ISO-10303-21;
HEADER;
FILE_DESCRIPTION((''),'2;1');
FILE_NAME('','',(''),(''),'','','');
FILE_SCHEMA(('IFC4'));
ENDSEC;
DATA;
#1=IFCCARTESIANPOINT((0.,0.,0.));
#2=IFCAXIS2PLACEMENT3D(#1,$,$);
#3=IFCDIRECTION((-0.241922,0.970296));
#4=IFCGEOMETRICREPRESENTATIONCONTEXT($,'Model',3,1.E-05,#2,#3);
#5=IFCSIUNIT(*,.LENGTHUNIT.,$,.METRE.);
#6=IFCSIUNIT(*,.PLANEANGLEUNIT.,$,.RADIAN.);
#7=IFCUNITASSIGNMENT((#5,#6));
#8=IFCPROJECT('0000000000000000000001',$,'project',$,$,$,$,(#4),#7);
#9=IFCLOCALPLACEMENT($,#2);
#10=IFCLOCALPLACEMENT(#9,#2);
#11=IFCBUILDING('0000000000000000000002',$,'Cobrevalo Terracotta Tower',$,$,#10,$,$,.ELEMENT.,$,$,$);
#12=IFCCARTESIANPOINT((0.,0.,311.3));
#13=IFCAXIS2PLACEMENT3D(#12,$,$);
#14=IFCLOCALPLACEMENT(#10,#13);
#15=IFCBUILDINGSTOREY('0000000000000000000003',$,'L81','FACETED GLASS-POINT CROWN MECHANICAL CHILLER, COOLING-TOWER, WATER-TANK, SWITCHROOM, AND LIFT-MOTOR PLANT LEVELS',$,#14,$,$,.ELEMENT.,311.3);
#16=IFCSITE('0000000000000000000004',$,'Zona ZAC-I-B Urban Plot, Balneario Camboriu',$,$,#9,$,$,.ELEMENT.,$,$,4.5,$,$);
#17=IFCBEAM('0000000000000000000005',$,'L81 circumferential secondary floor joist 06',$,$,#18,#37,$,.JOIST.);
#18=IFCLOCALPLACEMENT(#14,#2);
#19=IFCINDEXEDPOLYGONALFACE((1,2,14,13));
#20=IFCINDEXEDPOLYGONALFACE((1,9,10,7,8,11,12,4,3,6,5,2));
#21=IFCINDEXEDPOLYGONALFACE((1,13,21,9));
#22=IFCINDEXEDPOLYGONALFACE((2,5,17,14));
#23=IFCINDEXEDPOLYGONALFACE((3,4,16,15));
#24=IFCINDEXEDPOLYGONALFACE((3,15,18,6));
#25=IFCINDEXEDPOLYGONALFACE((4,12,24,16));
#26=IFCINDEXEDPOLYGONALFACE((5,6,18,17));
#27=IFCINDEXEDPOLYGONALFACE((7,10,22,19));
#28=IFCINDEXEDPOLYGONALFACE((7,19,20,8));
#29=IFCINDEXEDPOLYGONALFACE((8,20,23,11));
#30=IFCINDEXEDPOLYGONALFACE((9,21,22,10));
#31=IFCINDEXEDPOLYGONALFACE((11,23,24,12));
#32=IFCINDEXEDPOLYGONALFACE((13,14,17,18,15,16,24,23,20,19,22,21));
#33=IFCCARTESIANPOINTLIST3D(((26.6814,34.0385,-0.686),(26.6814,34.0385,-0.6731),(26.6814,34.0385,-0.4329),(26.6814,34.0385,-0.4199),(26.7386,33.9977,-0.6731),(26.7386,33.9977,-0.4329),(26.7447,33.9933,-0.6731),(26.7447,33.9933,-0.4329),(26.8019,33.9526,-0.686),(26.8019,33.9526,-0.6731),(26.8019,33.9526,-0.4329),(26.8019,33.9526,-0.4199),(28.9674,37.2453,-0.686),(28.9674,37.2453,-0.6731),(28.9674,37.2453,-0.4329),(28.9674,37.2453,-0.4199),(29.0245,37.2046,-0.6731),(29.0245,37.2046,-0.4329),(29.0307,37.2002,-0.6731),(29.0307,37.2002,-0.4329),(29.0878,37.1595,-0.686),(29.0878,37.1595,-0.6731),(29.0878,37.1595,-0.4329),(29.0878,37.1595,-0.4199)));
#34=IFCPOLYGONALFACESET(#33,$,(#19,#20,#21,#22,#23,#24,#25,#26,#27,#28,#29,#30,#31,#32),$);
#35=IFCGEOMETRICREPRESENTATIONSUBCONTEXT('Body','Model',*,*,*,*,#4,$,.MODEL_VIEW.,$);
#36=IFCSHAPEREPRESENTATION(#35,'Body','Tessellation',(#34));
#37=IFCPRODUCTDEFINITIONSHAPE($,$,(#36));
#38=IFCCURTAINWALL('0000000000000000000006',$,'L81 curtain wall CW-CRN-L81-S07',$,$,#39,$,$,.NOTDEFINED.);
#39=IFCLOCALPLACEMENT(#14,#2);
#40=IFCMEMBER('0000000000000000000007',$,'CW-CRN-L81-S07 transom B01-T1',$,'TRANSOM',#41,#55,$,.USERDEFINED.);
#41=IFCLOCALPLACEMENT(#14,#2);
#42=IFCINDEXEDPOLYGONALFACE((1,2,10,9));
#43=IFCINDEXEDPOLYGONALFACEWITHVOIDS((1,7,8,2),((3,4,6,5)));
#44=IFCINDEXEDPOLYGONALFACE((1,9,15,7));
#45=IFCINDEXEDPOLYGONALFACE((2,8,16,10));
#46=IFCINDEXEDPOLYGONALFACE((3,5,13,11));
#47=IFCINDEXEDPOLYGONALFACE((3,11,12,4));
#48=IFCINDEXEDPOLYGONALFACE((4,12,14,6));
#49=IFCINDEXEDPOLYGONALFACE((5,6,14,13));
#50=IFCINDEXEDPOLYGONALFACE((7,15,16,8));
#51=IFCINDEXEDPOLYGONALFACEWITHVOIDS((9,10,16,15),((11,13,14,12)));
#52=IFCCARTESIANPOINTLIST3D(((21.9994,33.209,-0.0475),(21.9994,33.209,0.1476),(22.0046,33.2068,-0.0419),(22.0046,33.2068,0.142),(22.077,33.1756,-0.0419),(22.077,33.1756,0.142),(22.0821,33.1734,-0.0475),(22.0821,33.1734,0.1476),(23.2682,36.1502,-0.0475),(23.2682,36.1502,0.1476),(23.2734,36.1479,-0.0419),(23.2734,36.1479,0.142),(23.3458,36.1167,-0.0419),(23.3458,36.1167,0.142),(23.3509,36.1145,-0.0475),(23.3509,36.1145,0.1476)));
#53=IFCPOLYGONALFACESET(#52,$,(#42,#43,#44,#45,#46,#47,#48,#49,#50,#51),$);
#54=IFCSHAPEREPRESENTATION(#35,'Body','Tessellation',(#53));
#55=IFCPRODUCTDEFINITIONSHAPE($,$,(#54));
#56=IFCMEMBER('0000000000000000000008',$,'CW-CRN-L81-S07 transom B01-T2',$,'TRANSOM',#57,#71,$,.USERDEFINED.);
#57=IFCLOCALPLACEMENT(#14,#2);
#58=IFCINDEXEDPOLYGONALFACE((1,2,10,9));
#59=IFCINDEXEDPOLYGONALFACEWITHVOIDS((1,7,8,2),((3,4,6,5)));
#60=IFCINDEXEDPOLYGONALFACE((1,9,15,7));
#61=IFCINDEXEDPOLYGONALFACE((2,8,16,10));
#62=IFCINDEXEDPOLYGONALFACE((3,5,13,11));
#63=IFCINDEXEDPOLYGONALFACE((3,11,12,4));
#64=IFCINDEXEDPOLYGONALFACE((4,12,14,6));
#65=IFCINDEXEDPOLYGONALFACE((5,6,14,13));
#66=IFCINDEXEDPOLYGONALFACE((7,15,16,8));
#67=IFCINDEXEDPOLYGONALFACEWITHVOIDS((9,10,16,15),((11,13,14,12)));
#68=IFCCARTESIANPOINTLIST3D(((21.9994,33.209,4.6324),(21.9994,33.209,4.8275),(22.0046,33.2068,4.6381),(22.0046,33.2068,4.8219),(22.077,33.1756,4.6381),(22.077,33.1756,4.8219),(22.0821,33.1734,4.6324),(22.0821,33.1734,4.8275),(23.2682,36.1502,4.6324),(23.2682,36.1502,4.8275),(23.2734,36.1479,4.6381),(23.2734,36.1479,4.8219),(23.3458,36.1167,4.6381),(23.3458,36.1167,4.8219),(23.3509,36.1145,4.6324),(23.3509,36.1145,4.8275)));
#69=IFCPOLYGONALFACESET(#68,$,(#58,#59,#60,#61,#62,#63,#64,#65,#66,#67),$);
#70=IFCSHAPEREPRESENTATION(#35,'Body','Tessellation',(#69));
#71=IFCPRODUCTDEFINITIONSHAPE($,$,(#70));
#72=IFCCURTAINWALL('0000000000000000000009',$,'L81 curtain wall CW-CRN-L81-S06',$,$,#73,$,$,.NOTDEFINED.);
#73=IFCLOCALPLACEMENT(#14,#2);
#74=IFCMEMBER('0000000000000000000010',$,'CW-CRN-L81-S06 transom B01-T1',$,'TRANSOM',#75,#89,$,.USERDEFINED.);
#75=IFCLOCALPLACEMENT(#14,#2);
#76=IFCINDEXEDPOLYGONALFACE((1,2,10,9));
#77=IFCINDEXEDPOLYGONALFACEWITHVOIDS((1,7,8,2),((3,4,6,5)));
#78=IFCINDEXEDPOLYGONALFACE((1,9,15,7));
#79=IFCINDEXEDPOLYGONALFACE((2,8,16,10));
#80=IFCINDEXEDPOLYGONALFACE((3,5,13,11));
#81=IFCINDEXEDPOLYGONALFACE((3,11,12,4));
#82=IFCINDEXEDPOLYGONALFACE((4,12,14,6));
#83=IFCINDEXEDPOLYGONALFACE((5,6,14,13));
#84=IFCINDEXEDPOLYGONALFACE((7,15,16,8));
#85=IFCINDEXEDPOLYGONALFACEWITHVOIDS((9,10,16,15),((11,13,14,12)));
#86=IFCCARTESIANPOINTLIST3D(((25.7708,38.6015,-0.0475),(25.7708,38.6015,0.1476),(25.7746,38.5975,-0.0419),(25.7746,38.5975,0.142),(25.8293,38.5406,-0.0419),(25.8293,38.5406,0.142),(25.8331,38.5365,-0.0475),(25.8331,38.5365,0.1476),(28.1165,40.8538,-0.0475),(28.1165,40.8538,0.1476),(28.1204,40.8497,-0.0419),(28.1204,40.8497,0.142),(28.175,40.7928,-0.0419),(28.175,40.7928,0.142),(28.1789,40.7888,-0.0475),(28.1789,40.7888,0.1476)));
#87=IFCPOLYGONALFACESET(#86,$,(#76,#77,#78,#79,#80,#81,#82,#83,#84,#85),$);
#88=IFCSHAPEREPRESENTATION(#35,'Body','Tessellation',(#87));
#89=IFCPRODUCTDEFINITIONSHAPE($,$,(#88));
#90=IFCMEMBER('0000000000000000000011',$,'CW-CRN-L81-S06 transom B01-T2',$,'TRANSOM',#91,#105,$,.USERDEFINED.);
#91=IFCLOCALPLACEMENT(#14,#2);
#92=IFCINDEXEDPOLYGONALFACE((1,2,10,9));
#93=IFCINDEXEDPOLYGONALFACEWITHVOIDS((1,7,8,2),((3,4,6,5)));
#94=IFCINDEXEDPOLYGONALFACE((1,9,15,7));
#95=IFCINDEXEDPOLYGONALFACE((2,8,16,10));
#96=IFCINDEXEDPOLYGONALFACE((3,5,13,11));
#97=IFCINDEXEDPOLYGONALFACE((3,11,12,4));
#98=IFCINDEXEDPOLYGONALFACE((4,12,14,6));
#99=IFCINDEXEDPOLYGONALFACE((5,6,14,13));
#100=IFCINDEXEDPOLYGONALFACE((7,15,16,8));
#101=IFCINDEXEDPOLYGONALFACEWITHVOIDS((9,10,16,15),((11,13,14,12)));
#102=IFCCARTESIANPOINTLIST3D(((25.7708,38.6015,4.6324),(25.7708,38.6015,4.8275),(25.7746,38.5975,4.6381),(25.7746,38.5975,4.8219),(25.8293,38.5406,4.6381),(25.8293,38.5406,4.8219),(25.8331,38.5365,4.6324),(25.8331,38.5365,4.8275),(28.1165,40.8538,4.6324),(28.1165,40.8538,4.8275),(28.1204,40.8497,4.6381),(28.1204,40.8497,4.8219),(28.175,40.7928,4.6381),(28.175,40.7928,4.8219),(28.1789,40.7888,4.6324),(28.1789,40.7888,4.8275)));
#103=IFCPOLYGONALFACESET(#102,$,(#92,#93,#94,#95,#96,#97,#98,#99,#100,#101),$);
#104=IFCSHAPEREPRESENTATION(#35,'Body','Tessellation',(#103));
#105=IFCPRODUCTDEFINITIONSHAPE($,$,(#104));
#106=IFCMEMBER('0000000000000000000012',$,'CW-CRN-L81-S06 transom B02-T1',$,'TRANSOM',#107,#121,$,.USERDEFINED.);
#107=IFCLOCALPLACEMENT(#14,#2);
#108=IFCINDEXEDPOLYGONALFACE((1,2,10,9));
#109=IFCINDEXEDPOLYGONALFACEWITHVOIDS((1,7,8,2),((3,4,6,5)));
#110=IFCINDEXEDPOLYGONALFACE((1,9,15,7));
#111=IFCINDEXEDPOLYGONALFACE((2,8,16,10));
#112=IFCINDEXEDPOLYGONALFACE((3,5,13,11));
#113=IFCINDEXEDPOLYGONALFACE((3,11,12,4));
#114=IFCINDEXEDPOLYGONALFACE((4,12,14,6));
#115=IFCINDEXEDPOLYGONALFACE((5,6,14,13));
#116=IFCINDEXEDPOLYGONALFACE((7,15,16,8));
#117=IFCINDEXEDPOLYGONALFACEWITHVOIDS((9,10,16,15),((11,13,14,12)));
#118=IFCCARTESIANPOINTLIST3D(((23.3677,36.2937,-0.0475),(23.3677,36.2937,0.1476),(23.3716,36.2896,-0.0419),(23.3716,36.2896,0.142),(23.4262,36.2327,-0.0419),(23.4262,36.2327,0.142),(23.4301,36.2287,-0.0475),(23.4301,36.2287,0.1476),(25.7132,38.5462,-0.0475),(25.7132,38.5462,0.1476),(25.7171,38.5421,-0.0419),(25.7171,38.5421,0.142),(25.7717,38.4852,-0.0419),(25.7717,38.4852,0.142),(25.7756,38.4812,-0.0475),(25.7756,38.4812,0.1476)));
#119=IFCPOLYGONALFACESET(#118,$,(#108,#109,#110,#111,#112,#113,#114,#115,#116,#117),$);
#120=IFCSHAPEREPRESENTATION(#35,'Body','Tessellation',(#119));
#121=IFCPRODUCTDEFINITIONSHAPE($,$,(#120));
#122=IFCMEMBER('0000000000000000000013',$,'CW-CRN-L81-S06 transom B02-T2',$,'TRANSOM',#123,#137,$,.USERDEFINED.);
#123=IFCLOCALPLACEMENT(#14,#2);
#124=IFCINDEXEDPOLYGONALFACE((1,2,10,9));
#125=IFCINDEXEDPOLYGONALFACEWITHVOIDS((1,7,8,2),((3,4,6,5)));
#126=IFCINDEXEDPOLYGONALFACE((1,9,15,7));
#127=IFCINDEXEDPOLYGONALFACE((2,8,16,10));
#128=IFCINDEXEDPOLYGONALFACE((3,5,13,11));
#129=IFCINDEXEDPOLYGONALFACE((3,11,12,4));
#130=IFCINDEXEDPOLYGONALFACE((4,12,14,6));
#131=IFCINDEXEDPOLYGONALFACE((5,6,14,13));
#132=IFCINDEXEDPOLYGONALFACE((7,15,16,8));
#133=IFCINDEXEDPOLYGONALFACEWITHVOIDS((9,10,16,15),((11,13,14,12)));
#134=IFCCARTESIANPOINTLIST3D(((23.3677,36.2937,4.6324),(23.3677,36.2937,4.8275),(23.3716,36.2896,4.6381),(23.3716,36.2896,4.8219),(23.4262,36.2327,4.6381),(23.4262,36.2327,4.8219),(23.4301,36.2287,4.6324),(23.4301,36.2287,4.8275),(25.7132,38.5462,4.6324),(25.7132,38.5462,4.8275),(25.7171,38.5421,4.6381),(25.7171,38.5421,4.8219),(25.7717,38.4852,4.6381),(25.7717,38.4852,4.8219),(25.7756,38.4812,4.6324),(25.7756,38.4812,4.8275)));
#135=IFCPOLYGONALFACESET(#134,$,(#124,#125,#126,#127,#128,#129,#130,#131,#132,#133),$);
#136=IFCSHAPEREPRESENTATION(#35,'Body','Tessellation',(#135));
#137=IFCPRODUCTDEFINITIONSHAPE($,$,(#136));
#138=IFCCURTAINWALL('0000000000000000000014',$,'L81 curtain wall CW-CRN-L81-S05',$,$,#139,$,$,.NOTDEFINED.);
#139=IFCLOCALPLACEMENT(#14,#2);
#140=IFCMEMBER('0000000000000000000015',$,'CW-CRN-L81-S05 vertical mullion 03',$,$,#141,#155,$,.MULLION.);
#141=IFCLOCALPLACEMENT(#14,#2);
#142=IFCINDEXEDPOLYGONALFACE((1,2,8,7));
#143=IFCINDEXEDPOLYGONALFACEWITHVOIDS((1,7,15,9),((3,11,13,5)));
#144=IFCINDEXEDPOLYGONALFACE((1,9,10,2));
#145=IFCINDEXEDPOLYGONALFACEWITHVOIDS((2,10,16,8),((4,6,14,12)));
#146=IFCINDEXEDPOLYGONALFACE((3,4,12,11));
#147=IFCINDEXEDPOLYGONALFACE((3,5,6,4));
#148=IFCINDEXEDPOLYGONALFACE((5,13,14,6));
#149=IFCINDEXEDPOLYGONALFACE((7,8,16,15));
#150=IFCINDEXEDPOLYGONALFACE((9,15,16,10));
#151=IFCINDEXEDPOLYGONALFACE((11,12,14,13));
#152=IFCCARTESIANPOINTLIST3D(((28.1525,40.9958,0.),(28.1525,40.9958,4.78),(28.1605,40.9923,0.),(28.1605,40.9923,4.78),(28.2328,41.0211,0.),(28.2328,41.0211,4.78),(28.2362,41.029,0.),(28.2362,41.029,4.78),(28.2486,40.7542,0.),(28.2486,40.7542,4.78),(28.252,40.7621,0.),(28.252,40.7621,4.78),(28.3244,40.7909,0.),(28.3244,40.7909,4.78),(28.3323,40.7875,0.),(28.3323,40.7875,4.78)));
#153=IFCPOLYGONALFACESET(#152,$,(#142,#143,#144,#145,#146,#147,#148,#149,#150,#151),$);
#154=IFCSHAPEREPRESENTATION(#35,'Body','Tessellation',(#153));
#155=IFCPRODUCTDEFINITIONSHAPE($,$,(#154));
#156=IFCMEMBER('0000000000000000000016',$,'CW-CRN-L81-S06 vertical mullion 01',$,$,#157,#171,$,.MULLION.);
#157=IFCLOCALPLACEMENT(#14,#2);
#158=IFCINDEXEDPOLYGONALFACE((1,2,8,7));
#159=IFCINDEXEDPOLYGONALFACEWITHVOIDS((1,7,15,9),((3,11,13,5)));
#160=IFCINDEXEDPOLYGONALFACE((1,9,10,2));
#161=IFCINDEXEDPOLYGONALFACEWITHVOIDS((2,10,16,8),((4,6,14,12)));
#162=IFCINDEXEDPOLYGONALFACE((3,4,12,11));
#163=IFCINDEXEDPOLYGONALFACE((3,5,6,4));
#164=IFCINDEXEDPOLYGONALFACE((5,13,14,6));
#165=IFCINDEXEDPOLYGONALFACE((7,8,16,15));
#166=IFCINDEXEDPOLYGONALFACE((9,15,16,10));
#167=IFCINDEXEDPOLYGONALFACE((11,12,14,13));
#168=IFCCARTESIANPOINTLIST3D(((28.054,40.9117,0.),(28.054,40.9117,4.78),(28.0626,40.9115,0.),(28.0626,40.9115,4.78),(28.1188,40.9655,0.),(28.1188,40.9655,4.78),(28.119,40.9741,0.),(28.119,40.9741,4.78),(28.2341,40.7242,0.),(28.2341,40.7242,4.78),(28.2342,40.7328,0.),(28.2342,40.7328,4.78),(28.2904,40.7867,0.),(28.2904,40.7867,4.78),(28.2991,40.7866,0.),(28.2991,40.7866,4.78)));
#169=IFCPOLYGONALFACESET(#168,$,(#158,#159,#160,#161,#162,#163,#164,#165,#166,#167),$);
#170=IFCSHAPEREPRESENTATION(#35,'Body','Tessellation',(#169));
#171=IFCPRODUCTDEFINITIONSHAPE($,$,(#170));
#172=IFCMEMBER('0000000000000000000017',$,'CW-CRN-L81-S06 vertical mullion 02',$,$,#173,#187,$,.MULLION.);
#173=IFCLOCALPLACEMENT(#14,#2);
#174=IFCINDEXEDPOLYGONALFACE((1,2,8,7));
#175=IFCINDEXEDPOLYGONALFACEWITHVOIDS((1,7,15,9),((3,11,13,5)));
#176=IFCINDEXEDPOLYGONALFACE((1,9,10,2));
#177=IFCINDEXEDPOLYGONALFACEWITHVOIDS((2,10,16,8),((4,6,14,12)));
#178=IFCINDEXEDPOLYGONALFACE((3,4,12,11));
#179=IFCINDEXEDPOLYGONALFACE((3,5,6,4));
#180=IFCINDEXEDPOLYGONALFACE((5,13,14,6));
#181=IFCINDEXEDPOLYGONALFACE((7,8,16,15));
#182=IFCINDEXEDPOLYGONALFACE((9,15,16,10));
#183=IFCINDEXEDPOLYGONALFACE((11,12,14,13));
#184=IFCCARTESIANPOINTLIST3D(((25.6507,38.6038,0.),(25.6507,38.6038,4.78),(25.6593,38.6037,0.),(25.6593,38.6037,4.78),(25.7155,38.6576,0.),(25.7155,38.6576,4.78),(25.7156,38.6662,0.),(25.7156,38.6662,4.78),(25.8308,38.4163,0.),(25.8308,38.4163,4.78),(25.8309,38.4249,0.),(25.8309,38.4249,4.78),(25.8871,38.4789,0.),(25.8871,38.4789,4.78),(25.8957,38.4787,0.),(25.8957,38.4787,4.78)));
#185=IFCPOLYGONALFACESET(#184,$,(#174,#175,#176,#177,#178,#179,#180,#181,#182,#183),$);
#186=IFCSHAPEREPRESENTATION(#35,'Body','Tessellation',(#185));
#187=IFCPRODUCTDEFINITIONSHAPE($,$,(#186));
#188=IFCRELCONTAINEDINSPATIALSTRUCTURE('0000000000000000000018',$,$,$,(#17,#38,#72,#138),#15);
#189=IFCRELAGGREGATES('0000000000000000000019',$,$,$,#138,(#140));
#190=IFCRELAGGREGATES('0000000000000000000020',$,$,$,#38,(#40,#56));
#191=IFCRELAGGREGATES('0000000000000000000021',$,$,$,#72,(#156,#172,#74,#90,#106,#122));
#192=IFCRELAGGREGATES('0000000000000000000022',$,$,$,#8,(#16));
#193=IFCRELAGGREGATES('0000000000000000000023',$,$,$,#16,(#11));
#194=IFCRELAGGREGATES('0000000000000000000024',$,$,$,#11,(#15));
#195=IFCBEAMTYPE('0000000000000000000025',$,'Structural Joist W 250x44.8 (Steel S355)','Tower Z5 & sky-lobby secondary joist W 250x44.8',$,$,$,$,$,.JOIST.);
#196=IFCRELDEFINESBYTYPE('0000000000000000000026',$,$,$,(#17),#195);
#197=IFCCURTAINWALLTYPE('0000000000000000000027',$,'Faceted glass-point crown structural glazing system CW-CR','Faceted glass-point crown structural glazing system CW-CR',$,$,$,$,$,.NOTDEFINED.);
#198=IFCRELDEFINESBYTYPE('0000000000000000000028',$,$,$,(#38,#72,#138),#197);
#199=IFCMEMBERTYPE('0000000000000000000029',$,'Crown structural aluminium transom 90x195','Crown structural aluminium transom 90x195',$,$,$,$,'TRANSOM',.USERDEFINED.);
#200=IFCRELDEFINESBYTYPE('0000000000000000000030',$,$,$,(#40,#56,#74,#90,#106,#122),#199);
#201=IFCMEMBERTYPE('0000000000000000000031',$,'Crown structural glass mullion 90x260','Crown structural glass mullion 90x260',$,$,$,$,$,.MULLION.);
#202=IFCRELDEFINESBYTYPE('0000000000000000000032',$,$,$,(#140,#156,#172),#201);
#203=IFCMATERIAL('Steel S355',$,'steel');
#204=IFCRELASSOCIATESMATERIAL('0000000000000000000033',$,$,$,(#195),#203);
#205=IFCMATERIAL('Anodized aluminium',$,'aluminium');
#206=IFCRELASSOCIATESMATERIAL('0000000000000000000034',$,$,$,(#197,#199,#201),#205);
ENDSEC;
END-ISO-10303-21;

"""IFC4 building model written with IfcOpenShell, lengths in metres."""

from ifc_helpers import new_model, si_unit, direction, frame, origin, origin_2d, place, context, subcontext, project, spatial, hollow_rectangle, i_section, extrude, source, transform, mapped, material, material_profile, profile_set, type_object, element, aggregate, save


model = new_model("IFC4")

# Units and contexts
model_context = context("Model", 3, precision=1e-05, world=origin(), true_north=direction((-0.241922, 0.970296)))
body_context = subcontext(model_context, "Body", "Model", "MODEL_VIEW")
ifc_project = project(units=[si_unit("LENGTHUNIT", "METRE"), si_unit("PLANEANGLEUNIT", "RADIAN")], contexts=[model_context])

# Site, building, storey
site_placement = place(None, origin())
site = spatial("IfcSite", under=ifc_project, at=site_placement, Name="Zona ZAC-I-B Urban Plot, Balneario Camboriu", CompositionType="ELEMENT", RefElevation=4.5)
building_placement = place(site_placement, origin())
building = spatial("IfcBuilding", under=site, at=building_placement, Name="Cobrevalo Terracotta Tower", CompositionType="ELEMENT")
storey_placement = place(building_placement, frame((0.0, 0.0, 311.3)))
storey = spatial("IfcBuildingStorey", under=building, at=storey_placement, Name="L81", Description="FACETED GLASS-POINT CROWN MECHANICAL CHILLER, COOLING-TOWER, WATER-TANK, SWITCHROOM, AND LIFT-MOTOR PLANT LEVELS", CompositionType="ELEMENT", Elevation=311.3)

# Beam
ifc_material_1 = material(Name="Steel S355", Category="steel")
ifc_material_profile_1 = material_profile(ifc_material_1, i_section(OverallWidth=0.1479, OverallDepth=0.2661, WebThickness=0.0076, FlangeThickness=0.0129, at=origin_2d()), Name="W 250x44.8")
ifc_profile_set_1 = profile_set([ifc_material_profile_1], Name="Steel S355")
beam_type = type_object("IfcBeamType", Name="Structural Joist W 250x44.8 (Steel S355)", Description="Tower Z5 & sky-lobby secondary joist W 250x44.8", PredefinedType="JOIST", material=ifc_profile_set_1)
beam_placement = place(storey_placement, frame((29.0276, 37.2024, -0.553), z_axis=(-0.580452, -0.814294, 0.0), x_axis=(0.814294, -0.580452, 0.0)))
element("IfcBeam", 1, at=beam_placement, inside=storey, type_object=beam_type, Name="L81 circumferential secondary floor joist 06", PredefinedType="JOIST", context=body_context, shape_type="SweptSolid", body=[
    extrude(i_section(OverallWidth=0.1479, OverallDepth=0.2661, WebThickness=0.0076, FlangeThickness=0.0129, at=origin_2d()), origin(), (0.0, 0.0, 1.0), 3.9382),
])

# Curtain walls, members
ifc_material_2 = material(Name="Anodized aluminium", Category="aluminium")
curtain_wall_type = type_object("IfcCurtainWallType", Name="Faceted glass-point crown structural glazing system CW-CR", Description="Faceted glass-point crown structural glazing system CW-CR", PredefinedType="NOTDEFINED", material=ifc_material_2)
curtain_wall_1_placement = place(storey_placement, origin())
curtain_wall_1 = element("IfcCurtainWall", 2, at=curtain_wall_1_placement, inside=storey, type_object=curtain_wall_type, Name="L81 curtain wall CW-CRN-L81-S07", PredefinedType="NOTDEFINED")
ifc_material_profile_2 = material_profile(ifc_material_2, hollow_rectangle(XDim=0.0901, YDim=0.1951, WallThickness=0.0056, at=origin_2d()), Name="CWT 90x195")
ifc_profile_set_2 = profile_set([ifc_material_profile_2], Name="Anodized aluminium")
member_type_1 = type_object("IfcMemberType", Name="Crown structural aluminium transom 90x195", Description="Crown structural aluminium transom 90x195", ElementType="TRANSOM", PredefinedType="USERDEFINED", material=ifc_profile_set_2)
shared_shape_1 = source(origin(), body_context, "Body", "SweptSolid", [
    extrude(hollow_rectangle(XDim=0.0901, YDim=0.1951, WallThickness=0.0056, at=origin_2d()), origin(), (0.0, 0.0, 1.0), 3.2031),
])
member_1_placement = place(storey_placement, frame((23.3096, 36.1323, 0.05), z_axis=(-0.396107, -0.918204, 0.0), x_axis=(0.918204, -0.396107, 0.0)))
member_1 = element("IfcMember", 3, at=member_1_placement, type_object=member_type_1, Name="CW-CRN-L81-S07 transom B01-T1", ObjectType="TRANSOM", PredefinedType="USERDEFINED", context=body_context, shape_type="MappedRepresentation", body=[
    mapped(shared_shape_1, transform((0.0, 0.0, 0.0), scale=1.0)),
])
member_2_placement = place(storey_placement, frame((23.3096, 36.1323, 4.73), z_axis=(-0.396107, -0.918204, 0.0), x_axis=(0.918204, -0.396107, 0.0)))
member_2 = element("IfcMember", 4, at=member_2_placement, type_object=member_type_1, Name="CW-CRN-L81-S07 transom B01-T2", ObjectType="TRANSOM", PredefinedType="USERDEFINED", context=body_context, shape_type="MappedRepresentation", body=[
    mapped(shared_shape_1, transform((0.0, 0.0, 0.0), scale=1.0)),
])
curtain_wall_2_placement = place(storey_placement, origin())
curtain_wall_2 = element("IfcCurtainWall", 5, at=curtain_wall_2_placement, inside=storey, type_object=curtain_wall_type, Name="L81 curtain wall CW-CRN-L81-S06", PredefinedType="NOTDEFINED")
shared_shape_2 = source(origin(), body_context, "Body", "SweptSolid", [
    extrude(hollow_rectangle(XDim=0.0901, YDim=0.1951, WallThickness=0.0056, at=origin_2d()), origin(), (0.0, 0.0, 1.0), 3.252),
])
member_3_placement = place(storey_placement, frame((28.1477, 40.8213, 0.05), z_axis=(-0.721338, -0.692583, 0.0), x_axis=(0.692583, -0.721338, 0.0)))
member_3 = element("IfcMember", 6, at=member_3_placement, type_object=member_type_1, Name="CW-CRN-L81-S06 transom B01-T1", ObjectType="TRANSOM", PredefinedType="USERDEFINED", context=body_context, shape_type="MappedRepresentation", body=[
    mapped(shared_shape_2, transform((0.0, 0.0, 0.0), scale=1.0)),
])
member_4_placement = place(storey_placement, frame((28.1477, 40.8213, 4.73), z_axis=(-0.721338, -0.692583, 0.0), x_axis=(0.692583, -0.721338, 0.0)))
member_4 = element("IfcMember", 7, at=member_4_placement, type_object=member_type_1, Name="CW-CRN-L81-S06 transom B01-T2", ObjectType="TRANSOM", PredefinedType="USERDEFINED", context=body_context, shape_type="MappedRepresentation", body=[
    mapped(shared_shape_2, transform((0.0, 0.0, 0.0), scale=1.0)),
])
member_5_placement = place(storey_placement, frame((25.7444, 38.5137, 0.05), z_axis=(-0.721264, -0.69266, 0.0), x_axis=(0.69266, -0.721264, 0.0)))
member_5 = element("IfcMember", 8, at=member_5_placement, type_object=member_type_1, Name="CW-CRN-L81-S06 transom B02-T1", ObjectType="TRANSOM", PredefinedType="USERDEFINED", context=body_context, shape_type="MappedRepresentation", body=[
    mapped(shared_shape_2, transform((0.0, 0.0, 0.0), scale=1.0)),
])
member_6_placement = place(storey_placement, frame((25.7444, 38.5137, 4.73), z_axis=(-0.721264, -0.69266, 0.0), x_axis=(0.69266, -0.721264, 0.0)))
member_6 = element("IfcMember", 9, at=member_6_placement, type_object=member_type_1, Name="CW-CRN-L81-S06 transom B02-T2", ObjectType="TRANSOM", PredefinedType="USERDEFINED", context=body_context, shape_type="MappedRepresentation", body=[
    mapped(shared_shape_2, transform((0.0, 0.0, 0.0), scale=1.0)),
])

# Curtain wall, member
curtain_wall_3_placement = place(storey_placement, origin())
curtain_wall_3 = element("IfcCurtainWall", 10, at=curtain_wall_3_placement, inside=storey, type_object=curtain_wall_type, Name="L81 curtain wall CW-CRN-L81-S05", PredefinedType="NOTDEFINED")
ifc_material_profile_3 = material_profile(ifc_material_2, hollow_rectangle(XDim=0.0901, YDim=0.26, WallThickness=0.0061, at=origin_2d()), Name="CWM 90x260")
ifc_profile_set_3 = profile_set([ifc_material_profile_3], Name="Anodized aluminium")
member_type_2 = type_object("IfcMemberType", Name="Crown structural glass mullion 90x260", Description="Crown structural glass mullion 90x260", PredefinedType="MULLION", material=ifc_profile_set_3)
shared_shape_3 = source(origin(), body_context, "Body", "SweptSolid", [
    extrude(hollow_rectangle(XDim=0.0901, YDim=0.26, WallThickness=0.0061, at=origin_2d()), origin(), (0.0, 0.0, 1.0), 4.78),
])
member_7_placement = place(storey_placement, frame((28.2424, 40.8916, 0.0), z_axis=(0.0, 0.0, 1.0), x_axis=(-0.929191, -0.369601, 0.0)))
member_7 = element("IfcMember", 11, at=member_7_placement, type_object=member_type_2, Name="CW-CRN-L81-S05 vertical mullion 03", PredefinedType="MULLION", context=body_context, shape_type="MappedRepresentation", body=[
    mapped(shared_shape_3, transform((0.0, 0.0, 0.0), scale=1.0)),
])
aggregate(curtain_wall_3, [member_7])

# Members
member_8_placement = place(storey_placement, frame((28.1765, 40.8491, 0.0), z_axis=(0.0, 0.0, 1.0), x_axis=(-0.721277, -0.692647, 0.0)))
member_8 = element("IfcMember", 12, at=member_8_placement, type_object=member_type_2, Name="CW-CRN-L81-S06 vertical mullion 01", PredefinedType="MULLION", context=body_context, shape_type="MappedRepresentation", body=[
    mapped(shared_shape_3, transform((0.0, 0.0, 0.0), scale=1.0)),
])
member_9_placement = place(storey_placement, frame((25.7732, 38.5413, 0.0), z_axis=(0.0, 0.0, 1.0), x_axis=(-0.721277, -0.692647, 0.0)))
member_9 = element("IfcMember", 13, at=member_9_placement, type_object=member_type_2, Name="CW-CRN-L81-S06 vertical mullion 02", PredefinedType="MULLION", context=body_context, shape_type="MappedRepresentation", body=[
    mapped(shared_shape_3, transform((0.0, 0.0, 0.0), scale=1.0)),
])
aggregate(curtain_wall_1, [member_1, member_2])

aggregate(curtain_wall_2, [member_8, member_9, member_3, member_4, member_5, member_6])

save(model, "model.ifc")
